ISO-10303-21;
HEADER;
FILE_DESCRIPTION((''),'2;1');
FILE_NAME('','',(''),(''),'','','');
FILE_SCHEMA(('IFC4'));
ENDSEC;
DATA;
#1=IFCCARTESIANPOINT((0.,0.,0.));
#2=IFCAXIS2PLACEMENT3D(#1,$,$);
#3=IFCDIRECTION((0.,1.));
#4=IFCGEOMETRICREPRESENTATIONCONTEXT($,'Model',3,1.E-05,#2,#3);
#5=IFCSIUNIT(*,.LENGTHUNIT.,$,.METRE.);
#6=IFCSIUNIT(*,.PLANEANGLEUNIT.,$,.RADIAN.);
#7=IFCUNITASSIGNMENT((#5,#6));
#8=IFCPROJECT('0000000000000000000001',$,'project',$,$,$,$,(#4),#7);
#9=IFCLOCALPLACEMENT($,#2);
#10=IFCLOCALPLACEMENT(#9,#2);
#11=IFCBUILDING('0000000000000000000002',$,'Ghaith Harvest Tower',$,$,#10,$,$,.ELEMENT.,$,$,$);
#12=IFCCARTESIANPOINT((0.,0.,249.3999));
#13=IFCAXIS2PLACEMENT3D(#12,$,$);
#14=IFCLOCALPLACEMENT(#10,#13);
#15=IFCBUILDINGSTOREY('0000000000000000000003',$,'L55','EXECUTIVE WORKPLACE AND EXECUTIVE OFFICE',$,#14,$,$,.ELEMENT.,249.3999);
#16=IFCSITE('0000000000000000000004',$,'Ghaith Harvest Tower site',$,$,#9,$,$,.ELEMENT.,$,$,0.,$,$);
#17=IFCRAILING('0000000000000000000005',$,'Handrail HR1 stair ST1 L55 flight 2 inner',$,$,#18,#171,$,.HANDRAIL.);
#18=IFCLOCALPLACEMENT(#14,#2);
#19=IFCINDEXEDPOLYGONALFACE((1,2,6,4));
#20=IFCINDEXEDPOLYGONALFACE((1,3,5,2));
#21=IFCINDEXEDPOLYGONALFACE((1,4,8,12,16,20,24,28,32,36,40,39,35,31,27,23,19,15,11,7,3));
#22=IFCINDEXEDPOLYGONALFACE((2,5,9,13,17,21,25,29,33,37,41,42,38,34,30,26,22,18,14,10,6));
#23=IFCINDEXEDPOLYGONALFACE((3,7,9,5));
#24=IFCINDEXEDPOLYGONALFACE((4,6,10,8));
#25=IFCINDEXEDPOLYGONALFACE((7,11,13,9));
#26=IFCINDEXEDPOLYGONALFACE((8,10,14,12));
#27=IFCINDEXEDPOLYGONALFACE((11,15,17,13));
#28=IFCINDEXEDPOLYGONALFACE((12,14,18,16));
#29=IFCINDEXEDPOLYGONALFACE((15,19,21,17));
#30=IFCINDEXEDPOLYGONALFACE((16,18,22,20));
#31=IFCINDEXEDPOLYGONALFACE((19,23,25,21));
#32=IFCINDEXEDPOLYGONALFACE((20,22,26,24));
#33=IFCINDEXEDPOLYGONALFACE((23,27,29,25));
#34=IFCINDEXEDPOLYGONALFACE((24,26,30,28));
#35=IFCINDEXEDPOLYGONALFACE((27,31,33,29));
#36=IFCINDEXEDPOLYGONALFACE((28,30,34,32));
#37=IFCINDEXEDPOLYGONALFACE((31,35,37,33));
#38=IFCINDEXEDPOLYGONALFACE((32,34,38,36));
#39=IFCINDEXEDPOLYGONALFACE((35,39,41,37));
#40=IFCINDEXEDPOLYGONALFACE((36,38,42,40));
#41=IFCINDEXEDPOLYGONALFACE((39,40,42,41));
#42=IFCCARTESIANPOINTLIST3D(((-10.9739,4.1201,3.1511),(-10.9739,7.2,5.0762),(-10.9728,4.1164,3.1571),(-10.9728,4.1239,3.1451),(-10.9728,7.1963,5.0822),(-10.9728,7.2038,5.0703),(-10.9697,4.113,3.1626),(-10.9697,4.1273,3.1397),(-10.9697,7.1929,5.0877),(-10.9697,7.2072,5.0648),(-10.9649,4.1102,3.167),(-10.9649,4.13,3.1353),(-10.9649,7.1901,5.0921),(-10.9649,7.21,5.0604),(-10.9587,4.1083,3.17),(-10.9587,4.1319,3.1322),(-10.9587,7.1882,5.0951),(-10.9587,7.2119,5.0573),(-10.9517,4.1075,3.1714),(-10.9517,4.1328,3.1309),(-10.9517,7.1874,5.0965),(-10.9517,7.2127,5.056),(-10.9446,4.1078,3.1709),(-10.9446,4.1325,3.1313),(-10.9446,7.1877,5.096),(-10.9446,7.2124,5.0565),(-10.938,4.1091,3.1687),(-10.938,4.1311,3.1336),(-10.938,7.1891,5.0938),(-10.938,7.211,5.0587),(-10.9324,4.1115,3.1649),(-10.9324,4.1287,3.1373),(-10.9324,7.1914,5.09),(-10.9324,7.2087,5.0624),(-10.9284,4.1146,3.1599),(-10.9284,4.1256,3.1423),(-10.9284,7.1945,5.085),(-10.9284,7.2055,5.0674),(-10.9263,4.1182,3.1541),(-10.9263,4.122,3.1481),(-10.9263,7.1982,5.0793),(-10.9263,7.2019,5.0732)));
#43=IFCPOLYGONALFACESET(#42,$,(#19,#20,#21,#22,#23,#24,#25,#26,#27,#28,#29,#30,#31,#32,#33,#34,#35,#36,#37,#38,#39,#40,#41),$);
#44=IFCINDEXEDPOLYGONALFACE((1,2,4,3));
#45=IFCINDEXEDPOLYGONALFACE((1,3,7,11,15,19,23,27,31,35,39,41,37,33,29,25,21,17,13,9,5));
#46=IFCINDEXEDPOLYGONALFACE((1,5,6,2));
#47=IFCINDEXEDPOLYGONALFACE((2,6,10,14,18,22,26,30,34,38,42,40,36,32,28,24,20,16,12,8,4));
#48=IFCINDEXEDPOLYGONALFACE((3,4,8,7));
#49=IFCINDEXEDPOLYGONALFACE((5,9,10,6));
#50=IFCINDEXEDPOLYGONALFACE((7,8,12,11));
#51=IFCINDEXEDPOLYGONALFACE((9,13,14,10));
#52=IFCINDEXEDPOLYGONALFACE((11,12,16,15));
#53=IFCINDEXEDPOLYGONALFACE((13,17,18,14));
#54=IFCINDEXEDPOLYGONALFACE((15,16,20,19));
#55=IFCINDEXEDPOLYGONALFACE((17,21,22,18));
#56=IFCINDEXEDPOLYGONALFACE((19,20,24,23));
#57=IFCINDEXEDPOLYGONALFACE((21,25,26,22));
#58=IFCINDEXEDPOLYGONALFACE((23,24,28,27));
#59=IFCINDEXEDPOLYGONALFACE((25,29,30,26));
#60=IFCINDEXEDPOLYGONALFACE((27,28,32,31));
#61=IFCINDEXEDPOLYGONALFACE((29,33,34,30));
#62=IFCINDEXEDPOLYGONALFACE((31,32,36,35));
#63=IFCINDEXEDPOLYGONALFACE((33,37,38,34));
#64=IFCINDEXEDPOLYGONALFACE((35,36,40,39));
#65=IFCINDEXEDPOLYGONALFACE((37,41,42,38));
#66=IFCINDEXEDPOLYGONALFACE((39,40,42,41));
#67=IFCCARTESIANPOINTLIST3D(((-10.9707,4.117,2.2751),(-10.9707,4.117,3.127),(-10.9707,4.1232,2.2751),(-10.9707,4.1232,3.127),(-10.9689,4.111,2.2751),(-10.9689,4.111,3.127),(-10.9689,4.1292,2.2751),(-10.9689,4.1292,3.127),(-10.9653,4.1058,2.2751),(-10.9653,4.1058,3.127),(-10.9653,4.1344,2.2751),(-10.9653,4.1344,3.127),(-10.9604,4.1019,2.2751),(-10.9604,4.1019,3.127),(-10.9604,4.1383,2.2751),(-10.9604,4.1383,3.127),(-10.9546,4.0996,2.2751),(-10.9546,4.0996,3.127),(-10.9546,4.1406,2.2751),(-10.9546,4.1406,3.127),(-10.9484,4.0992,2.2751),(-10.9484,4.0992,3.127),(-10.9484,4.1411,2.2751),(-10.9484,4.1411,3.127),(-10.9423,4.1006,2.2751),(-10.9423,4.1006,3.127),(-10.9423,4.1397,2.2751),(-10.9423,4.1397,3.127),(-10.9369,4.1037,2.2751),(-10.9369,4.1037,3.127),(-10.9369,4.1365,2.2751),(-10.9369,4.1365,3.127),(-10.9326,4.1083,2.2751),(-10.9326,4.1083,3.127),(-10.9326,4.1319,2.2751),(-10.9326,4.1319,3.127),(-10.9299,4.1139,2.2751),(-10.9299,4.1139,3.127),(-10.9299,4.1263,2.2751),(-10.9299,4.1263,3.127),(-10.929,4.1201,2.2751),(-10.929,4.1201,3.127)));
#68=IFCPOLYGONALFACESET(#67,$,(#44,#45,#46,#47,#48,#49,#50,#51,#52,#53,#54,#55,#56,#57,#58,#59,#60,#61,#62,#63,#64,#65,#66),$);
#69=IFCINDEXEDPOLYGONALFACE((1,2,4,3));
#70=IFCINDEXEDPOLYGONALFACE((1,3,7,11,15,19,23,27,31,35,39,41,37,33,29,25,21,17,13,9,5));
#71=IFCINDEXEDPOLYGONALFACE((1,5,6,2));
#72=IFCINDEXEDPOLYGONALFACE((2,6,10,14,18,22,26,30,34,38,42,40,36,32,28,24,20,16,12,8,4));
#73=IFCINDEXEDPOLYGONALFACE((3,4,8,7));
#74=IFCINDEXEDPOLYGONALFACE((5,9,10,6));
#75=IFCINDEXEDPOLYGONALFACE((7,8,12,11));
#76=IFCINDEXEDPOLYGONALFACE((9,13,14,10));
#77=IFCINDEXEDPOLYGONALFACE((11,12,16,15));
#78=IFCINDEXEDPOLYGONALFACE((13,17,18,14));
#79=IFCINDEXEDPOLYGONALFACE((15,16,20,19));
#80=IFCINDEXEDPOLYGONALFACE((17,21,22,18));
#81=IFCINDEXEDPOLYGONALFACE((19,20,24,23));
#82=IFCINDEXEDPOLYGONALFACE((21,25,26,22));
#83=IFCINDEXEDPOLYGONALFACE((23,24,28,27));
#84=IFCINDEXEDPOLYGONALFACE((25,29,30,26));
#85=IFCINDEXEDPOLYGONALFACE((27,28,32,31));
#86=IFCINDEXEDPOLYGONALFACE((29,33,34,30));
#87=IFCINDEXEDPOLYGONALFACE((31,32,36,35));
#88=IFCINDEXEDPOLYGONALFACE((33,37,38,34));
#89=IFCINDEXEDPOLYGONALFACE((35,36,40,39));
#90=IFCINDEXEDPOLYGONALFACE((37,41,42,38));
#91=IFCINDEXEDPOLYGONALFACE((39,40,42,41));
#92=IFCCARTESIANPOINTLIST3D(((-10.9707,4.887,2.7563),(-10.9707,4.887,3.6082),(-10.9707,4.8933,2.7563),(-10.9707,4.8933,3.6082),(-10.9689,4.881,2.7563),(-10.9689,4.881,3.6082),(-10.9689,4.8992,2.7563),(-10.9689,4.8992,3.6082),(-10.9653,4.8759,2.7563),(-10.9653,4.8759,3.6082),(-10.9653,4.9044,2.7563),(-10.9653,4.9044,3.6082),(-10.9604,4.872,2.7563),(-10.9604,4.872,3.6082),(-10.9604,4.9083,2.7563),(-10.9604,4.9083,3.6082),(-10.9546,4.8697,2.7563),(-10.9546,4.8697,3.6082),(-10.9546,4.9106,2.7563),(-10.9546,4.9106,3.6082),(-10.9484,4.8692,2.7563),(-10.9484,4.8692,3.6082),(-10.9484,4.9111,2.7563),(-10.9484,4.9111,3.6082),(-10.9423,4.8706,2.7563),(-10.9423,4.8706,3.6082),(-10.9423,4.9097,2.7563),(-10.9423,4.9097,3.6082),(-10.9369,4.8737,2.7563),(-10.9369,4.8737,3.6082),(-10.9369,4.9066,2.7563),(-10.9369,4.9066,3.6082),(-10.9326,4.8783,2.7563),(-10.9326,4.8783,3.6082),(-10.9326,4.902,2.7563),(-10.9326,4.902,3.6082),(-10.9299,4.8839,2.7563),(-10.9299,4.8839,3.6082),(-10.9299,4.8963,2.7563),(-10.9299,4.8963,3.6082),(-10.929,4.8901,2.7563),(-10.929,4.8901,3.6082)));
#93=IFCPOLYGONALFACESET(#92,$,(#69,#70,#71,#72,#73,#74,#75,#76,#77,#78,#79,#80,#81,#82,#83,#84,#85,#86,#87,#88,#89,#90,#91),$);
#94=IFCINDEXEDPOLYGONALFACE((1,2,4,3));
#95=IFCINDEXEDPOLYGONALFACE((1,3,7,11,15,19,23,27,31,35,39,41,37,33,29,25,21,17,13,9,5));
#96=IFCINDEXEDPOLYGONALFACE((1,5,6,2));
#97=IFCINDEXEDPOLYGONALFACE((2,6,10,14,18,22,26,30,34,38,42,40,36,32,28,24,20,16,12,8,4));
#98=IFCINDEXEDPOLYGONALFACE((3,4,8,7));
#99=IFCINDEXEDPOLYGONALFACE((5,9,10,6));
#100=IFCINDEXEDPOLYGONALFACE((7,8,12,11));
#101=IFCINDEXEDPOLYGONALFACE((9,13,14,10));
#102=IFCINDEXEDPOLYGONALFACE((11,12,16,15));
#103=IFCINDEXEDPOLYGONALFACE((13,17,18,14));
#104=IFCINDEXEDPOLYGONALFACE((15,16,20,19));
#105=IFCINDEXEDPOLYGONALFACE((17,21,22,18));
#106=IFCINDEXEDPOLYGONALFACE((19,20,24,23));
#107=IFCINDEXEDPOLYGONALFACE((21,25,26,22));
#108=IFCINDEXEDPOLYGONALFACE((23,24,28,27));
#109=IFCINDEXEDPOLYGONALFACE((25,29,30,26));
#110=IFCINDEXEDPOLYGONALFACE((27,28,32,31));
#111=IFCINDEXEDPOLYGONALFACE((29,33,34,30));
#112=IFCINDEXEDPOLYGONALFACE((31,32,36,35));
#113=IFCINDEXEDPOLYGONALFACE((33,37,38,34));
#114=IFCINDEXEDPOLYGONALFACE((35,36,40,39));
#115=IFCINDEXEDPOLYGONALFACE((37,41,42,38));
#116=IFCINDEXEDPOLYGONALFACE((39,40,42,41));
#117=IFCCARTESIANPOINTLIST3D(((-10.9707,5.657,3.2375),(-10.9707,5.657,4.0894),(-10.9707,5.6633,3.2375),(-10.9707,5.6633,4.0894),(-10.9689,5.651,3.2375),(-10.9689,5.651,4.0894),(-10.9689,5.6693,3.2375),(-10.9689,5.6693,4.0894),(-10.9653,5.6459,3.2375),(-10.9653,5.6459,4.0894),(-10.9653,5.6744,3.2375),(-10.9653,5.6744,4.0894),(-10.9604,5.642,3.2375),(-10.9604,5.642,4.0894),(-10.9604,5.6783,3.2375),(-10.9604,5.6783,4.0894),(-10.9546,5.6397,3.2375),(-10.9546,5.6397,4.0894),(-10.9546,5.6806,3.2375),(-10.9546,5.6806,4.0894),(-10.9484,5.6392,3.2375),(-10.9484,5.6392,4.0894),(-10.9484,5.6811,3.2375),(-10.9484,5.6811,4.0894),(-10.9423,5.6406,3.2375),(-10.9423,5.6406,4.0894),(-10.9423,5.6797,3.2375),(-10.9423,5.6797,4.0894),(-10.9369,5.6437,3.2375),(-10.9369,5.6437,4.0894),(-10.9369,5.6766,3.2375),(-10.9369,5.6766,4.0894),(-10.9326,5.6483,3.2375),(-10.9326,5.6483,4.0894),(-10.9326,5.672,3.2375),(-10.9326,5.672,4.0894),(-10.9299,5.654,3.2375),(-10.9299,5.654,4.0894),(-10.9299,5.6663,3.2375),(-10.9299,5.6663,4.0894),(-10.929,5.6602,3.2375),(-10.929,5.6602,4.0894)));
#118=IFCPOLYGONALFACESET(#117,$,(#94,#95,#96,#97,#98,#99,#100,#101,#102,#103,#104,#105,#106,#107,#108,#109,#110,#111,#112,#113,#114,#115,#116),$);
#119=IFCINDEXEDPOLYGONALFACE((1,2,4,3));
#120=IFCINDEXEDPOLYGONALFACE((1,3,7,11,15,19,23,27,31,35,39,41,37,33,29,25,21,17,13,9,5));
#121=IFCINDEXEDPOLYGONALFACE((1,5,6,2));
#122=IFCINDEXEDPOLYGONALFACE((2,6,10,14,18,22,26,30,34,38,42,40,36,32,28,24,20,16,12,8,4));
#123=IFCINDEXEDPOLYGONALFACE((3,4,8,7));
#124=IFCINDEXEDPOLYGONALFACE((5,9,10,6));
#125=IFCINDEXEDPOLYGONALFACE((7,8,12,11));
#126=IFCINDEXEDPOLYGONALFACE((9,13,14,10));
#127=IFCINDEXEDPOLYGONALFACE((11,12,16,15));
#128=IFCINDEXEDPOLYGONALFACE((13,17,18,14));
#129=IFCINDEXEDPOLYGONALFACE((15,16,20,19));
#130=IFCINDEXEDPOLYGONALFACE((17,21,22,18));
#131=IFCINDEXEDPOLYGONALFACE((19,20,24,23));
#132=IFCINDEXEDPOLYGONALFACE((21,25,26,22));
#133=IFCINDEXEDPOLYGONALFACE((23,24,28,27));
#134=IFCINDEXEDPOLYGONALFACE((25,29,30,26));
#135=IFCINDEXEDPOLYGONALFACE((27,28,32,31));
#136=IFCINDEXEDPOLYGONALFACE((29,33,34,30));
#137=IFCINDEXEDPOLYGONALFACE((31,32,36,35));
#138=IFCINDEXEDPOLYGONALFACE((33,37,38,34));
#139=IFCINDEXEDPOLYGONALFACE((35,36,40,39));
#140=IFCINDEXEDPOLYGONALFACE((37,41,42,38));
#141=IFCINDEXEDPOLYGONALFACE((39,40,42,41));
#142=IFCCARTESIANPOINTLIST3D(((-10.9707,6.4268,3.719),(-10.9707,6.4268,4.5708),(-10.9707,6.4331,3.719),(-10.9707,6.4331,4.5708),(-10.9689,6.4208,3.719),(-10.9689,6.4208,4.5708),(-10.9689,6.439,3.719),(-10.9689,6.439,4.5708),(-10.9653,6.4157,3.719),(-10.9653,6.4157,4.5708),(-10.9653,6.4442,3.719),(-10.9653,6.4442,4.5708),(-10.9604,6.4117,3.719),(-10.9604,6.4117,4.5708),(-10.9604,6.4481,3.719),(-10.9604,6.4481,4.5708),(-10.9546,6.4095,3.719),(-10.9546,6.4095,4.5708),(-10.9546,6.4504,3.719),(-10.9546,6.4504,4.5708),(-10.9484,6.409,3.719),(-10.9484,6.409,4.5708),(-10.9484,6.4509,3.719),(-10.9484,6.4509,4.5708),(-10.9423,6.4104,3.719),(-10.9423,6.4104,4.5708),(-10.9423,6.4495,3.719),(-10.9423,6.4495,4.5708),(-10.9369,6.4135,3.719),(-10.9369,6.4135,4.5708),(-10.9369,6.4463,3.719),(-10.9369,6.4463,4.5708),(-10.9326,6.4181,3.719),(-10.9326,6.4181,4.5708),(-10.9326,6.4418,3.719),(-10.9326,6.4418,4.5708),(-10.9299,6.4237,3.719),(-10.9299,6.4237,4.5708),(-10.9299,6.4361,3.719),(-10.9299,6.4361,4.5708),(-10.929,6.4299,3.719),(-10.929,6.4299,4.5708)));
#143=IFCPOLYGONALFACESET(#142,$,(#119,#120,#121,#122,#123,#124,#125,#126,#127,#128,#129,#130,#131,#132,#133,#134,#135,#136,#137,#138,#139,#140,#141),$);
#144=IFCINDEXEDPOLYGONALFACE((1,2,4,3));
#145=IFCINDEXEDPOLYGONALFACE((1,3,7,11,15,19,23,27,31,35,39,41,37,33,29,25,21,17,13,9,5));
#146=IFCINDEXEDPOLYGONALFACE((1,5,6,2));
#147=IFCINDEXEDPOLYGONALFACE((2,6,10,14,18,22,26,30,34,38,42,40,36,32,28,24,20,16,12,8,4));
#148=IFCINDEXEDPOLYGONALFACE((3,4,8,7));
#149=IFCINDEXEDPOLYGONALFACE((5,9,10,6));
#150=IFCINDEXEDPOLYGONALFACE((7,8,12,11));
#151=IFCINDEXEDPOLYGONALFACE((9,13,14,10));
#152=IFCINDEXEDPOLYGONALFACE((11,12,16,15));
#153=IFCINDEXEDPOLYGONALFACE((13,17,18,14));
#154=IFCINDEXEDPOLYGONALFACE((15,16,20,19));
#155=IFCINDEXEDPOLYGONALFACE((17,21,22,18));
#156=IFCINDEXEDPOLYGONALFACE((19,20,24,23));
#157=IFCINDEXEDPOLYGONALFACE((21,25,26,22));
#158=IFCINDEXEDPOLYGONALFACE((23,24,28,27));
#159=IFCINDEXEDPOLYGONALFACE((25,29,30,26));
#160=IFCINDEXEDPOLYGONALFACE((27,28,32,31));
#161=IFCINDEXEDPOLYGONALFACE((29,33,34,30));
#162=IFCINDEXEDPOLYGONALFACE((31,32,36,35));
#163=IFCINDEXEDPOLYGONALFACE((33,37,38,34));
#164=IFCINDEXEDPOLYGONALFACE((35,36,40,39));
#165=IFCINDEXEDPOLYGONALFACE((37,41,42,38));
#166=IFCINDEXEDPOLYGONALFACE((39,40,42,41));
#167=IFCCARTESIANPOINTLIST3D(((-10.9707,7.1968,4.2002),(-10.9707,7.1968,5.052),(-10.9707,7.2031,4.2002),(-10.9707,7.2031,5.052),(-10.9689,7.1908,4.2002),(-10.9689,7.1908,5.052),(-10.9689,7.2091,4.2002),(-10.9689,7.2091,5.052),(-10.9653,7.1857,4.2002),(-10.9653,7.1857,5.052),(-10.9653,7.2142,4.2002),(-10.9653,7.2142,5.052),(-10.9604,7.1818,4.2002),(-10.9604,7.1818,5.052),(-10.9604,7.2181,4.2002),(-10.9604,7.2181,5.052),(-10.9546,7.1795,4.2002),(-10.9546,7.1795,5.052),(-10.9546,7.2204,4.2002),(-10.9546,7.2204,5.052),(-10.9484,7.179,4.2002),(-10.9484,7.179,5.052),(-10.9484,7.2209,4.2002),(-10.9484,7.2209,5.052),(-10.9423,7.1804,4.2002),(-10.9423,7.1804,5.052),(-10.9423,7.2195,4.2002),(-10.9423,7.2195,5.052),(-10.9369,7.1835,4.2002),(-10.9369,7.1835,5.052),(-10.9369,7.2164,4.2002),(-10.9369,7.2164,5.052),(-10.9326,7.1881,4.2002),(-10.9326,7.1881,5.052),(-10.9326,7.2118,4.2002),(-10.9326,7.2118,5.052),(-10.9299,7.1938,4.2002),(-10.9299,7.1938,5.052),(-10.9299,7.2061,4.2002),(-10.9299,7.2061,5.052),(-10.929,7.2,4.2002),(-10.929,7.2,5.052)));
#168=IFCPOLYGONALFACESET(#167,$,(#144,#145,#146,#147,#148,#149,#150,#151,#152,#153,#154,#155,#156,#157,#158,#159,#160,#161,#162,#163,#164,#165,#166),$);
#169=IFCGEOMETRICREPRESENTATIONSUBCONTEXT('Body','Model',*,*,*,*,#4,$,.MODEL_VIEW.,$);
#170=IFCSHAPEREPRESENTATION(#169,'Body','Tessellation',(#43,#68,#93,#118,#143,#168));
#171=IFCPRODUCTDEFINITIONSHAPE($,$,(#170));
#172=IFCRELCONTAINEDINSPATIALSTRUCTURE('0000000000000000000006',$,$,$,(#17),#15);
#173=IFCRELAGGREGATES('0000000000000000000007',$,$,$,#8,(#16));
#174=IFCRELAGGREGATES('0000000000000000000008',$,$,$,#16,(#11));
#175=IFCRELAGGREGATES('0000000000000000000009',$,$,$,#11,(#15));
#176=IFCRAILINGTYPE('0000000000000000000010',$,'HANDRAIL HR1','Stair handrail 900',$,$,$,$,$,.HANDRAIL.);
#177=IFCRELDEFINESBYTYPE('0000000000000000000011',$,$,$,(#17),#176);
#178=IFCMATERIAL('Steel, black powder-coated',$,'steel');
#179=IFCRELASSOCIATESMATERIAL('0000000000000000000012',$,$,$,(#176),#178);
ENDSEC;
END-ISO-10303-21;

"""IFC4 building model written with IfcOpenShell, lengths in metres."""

from ifc_helpers import new_model, si_unit, direction, frame, origin, origin_2d, place, context, subcontext, project, spatial, circle, extrude, material, type_object, element, save


model = new_model("IFC4")

# Units and contexts
model_context = context("Model", 3, precision=1e-05, world=origin(), true_north=direction((0.0, 1.0)))
body_context = subcontext(model_context, "Body", "Model", "MODEL_VIEW")
ifc_project = project(units=[si_unit("LENGTHUNIT", "METRE"), si_unit("PLANEANGLEUNIT", "RADIAN")], contexts=[model_context])

# Site, building, storey
site_placement = place(None, origin())
site = spatial("IfcSite", under=ifc_project, at=site_placement, Name="Ghaith Harvest Tower site", CompositionType="ELEMENT", RefElevation=0.0)
building_placement = place(site_placement, origin())
building = spatial("IfcBuilding", under=site, at=building_placement, Name="Ghaith Harvest Tower", CompositionType="ELEMENT")
storey_placement = place(building_placement, frame((0.0, 0.0, 249.3999)))
storey = spatial("IfcBuildingStorey", under=building, at=storey_placement, Name="L55", Description="EXECUTIVE WORKPLACE AND EXECUTIVE OFFICE", CompositionType="ELEMENT", Elevation=249.3999)

# Railing
ifc_material_1 = material(Name="Steel, black powder-coated", Category="steel")
railing_type = type_object("IfcRailingType", Name="HANDRAIL HR1", Description="Stair handrail 900", PredefinedType="HANDRAIL", material=ifc_material_1)
railing_1_placement = place(storey_placement, frame((-10.95, 4.1201, 2.2751)))
element("IfcRailing", 1, at=railing_1_placement, inside=storey, type_object=railing_type, Name="Handrail HR1 stair ST1 L55 flight 2 inner", PredefinedType="HANDRAIL", context=body_context, shape_type="SweptSolid", body=[
    extrude(circle(Radius=0.0239, at=origin_2d()), frame((0.0, 0.0, 0.876), z_axis=(0.0, 0.847979, 0.530029), x_axis=(-1.0, 0.0, 0.0)), (0.0, 0.0, 1.0), 3.6321),
    extrude(circle(Radius=0.021, at=origin_2d()), origin(), (0.0, 0.0, 1.0), 0.8518),
    extrude(circle(Radius=0.021, at=origin_2d()), frame((0.0, 0.77, 0.4812)), (0.0, 0.0, 1.0), 0.8518),
    extrude(circle(Radius=0.021, at=origin_2d()), frame((0.0, 1.54, 0.9624)), (0.0, 0.0, 1.0), 0.8518),
    extrude(circle(Radius=0.021, at=origin_2d()), frame((0.0, 2.3098, 1.4438)), (0.0, 0.0, 1.0), 0.8518),
    extrude(circle(Radius=0.021, at=origin_2d()), frame((0.0, 3.0798, 1.925)), (0.0, 0.0, 1.0), 0.8518),
])

save(model, "model.ifc")
